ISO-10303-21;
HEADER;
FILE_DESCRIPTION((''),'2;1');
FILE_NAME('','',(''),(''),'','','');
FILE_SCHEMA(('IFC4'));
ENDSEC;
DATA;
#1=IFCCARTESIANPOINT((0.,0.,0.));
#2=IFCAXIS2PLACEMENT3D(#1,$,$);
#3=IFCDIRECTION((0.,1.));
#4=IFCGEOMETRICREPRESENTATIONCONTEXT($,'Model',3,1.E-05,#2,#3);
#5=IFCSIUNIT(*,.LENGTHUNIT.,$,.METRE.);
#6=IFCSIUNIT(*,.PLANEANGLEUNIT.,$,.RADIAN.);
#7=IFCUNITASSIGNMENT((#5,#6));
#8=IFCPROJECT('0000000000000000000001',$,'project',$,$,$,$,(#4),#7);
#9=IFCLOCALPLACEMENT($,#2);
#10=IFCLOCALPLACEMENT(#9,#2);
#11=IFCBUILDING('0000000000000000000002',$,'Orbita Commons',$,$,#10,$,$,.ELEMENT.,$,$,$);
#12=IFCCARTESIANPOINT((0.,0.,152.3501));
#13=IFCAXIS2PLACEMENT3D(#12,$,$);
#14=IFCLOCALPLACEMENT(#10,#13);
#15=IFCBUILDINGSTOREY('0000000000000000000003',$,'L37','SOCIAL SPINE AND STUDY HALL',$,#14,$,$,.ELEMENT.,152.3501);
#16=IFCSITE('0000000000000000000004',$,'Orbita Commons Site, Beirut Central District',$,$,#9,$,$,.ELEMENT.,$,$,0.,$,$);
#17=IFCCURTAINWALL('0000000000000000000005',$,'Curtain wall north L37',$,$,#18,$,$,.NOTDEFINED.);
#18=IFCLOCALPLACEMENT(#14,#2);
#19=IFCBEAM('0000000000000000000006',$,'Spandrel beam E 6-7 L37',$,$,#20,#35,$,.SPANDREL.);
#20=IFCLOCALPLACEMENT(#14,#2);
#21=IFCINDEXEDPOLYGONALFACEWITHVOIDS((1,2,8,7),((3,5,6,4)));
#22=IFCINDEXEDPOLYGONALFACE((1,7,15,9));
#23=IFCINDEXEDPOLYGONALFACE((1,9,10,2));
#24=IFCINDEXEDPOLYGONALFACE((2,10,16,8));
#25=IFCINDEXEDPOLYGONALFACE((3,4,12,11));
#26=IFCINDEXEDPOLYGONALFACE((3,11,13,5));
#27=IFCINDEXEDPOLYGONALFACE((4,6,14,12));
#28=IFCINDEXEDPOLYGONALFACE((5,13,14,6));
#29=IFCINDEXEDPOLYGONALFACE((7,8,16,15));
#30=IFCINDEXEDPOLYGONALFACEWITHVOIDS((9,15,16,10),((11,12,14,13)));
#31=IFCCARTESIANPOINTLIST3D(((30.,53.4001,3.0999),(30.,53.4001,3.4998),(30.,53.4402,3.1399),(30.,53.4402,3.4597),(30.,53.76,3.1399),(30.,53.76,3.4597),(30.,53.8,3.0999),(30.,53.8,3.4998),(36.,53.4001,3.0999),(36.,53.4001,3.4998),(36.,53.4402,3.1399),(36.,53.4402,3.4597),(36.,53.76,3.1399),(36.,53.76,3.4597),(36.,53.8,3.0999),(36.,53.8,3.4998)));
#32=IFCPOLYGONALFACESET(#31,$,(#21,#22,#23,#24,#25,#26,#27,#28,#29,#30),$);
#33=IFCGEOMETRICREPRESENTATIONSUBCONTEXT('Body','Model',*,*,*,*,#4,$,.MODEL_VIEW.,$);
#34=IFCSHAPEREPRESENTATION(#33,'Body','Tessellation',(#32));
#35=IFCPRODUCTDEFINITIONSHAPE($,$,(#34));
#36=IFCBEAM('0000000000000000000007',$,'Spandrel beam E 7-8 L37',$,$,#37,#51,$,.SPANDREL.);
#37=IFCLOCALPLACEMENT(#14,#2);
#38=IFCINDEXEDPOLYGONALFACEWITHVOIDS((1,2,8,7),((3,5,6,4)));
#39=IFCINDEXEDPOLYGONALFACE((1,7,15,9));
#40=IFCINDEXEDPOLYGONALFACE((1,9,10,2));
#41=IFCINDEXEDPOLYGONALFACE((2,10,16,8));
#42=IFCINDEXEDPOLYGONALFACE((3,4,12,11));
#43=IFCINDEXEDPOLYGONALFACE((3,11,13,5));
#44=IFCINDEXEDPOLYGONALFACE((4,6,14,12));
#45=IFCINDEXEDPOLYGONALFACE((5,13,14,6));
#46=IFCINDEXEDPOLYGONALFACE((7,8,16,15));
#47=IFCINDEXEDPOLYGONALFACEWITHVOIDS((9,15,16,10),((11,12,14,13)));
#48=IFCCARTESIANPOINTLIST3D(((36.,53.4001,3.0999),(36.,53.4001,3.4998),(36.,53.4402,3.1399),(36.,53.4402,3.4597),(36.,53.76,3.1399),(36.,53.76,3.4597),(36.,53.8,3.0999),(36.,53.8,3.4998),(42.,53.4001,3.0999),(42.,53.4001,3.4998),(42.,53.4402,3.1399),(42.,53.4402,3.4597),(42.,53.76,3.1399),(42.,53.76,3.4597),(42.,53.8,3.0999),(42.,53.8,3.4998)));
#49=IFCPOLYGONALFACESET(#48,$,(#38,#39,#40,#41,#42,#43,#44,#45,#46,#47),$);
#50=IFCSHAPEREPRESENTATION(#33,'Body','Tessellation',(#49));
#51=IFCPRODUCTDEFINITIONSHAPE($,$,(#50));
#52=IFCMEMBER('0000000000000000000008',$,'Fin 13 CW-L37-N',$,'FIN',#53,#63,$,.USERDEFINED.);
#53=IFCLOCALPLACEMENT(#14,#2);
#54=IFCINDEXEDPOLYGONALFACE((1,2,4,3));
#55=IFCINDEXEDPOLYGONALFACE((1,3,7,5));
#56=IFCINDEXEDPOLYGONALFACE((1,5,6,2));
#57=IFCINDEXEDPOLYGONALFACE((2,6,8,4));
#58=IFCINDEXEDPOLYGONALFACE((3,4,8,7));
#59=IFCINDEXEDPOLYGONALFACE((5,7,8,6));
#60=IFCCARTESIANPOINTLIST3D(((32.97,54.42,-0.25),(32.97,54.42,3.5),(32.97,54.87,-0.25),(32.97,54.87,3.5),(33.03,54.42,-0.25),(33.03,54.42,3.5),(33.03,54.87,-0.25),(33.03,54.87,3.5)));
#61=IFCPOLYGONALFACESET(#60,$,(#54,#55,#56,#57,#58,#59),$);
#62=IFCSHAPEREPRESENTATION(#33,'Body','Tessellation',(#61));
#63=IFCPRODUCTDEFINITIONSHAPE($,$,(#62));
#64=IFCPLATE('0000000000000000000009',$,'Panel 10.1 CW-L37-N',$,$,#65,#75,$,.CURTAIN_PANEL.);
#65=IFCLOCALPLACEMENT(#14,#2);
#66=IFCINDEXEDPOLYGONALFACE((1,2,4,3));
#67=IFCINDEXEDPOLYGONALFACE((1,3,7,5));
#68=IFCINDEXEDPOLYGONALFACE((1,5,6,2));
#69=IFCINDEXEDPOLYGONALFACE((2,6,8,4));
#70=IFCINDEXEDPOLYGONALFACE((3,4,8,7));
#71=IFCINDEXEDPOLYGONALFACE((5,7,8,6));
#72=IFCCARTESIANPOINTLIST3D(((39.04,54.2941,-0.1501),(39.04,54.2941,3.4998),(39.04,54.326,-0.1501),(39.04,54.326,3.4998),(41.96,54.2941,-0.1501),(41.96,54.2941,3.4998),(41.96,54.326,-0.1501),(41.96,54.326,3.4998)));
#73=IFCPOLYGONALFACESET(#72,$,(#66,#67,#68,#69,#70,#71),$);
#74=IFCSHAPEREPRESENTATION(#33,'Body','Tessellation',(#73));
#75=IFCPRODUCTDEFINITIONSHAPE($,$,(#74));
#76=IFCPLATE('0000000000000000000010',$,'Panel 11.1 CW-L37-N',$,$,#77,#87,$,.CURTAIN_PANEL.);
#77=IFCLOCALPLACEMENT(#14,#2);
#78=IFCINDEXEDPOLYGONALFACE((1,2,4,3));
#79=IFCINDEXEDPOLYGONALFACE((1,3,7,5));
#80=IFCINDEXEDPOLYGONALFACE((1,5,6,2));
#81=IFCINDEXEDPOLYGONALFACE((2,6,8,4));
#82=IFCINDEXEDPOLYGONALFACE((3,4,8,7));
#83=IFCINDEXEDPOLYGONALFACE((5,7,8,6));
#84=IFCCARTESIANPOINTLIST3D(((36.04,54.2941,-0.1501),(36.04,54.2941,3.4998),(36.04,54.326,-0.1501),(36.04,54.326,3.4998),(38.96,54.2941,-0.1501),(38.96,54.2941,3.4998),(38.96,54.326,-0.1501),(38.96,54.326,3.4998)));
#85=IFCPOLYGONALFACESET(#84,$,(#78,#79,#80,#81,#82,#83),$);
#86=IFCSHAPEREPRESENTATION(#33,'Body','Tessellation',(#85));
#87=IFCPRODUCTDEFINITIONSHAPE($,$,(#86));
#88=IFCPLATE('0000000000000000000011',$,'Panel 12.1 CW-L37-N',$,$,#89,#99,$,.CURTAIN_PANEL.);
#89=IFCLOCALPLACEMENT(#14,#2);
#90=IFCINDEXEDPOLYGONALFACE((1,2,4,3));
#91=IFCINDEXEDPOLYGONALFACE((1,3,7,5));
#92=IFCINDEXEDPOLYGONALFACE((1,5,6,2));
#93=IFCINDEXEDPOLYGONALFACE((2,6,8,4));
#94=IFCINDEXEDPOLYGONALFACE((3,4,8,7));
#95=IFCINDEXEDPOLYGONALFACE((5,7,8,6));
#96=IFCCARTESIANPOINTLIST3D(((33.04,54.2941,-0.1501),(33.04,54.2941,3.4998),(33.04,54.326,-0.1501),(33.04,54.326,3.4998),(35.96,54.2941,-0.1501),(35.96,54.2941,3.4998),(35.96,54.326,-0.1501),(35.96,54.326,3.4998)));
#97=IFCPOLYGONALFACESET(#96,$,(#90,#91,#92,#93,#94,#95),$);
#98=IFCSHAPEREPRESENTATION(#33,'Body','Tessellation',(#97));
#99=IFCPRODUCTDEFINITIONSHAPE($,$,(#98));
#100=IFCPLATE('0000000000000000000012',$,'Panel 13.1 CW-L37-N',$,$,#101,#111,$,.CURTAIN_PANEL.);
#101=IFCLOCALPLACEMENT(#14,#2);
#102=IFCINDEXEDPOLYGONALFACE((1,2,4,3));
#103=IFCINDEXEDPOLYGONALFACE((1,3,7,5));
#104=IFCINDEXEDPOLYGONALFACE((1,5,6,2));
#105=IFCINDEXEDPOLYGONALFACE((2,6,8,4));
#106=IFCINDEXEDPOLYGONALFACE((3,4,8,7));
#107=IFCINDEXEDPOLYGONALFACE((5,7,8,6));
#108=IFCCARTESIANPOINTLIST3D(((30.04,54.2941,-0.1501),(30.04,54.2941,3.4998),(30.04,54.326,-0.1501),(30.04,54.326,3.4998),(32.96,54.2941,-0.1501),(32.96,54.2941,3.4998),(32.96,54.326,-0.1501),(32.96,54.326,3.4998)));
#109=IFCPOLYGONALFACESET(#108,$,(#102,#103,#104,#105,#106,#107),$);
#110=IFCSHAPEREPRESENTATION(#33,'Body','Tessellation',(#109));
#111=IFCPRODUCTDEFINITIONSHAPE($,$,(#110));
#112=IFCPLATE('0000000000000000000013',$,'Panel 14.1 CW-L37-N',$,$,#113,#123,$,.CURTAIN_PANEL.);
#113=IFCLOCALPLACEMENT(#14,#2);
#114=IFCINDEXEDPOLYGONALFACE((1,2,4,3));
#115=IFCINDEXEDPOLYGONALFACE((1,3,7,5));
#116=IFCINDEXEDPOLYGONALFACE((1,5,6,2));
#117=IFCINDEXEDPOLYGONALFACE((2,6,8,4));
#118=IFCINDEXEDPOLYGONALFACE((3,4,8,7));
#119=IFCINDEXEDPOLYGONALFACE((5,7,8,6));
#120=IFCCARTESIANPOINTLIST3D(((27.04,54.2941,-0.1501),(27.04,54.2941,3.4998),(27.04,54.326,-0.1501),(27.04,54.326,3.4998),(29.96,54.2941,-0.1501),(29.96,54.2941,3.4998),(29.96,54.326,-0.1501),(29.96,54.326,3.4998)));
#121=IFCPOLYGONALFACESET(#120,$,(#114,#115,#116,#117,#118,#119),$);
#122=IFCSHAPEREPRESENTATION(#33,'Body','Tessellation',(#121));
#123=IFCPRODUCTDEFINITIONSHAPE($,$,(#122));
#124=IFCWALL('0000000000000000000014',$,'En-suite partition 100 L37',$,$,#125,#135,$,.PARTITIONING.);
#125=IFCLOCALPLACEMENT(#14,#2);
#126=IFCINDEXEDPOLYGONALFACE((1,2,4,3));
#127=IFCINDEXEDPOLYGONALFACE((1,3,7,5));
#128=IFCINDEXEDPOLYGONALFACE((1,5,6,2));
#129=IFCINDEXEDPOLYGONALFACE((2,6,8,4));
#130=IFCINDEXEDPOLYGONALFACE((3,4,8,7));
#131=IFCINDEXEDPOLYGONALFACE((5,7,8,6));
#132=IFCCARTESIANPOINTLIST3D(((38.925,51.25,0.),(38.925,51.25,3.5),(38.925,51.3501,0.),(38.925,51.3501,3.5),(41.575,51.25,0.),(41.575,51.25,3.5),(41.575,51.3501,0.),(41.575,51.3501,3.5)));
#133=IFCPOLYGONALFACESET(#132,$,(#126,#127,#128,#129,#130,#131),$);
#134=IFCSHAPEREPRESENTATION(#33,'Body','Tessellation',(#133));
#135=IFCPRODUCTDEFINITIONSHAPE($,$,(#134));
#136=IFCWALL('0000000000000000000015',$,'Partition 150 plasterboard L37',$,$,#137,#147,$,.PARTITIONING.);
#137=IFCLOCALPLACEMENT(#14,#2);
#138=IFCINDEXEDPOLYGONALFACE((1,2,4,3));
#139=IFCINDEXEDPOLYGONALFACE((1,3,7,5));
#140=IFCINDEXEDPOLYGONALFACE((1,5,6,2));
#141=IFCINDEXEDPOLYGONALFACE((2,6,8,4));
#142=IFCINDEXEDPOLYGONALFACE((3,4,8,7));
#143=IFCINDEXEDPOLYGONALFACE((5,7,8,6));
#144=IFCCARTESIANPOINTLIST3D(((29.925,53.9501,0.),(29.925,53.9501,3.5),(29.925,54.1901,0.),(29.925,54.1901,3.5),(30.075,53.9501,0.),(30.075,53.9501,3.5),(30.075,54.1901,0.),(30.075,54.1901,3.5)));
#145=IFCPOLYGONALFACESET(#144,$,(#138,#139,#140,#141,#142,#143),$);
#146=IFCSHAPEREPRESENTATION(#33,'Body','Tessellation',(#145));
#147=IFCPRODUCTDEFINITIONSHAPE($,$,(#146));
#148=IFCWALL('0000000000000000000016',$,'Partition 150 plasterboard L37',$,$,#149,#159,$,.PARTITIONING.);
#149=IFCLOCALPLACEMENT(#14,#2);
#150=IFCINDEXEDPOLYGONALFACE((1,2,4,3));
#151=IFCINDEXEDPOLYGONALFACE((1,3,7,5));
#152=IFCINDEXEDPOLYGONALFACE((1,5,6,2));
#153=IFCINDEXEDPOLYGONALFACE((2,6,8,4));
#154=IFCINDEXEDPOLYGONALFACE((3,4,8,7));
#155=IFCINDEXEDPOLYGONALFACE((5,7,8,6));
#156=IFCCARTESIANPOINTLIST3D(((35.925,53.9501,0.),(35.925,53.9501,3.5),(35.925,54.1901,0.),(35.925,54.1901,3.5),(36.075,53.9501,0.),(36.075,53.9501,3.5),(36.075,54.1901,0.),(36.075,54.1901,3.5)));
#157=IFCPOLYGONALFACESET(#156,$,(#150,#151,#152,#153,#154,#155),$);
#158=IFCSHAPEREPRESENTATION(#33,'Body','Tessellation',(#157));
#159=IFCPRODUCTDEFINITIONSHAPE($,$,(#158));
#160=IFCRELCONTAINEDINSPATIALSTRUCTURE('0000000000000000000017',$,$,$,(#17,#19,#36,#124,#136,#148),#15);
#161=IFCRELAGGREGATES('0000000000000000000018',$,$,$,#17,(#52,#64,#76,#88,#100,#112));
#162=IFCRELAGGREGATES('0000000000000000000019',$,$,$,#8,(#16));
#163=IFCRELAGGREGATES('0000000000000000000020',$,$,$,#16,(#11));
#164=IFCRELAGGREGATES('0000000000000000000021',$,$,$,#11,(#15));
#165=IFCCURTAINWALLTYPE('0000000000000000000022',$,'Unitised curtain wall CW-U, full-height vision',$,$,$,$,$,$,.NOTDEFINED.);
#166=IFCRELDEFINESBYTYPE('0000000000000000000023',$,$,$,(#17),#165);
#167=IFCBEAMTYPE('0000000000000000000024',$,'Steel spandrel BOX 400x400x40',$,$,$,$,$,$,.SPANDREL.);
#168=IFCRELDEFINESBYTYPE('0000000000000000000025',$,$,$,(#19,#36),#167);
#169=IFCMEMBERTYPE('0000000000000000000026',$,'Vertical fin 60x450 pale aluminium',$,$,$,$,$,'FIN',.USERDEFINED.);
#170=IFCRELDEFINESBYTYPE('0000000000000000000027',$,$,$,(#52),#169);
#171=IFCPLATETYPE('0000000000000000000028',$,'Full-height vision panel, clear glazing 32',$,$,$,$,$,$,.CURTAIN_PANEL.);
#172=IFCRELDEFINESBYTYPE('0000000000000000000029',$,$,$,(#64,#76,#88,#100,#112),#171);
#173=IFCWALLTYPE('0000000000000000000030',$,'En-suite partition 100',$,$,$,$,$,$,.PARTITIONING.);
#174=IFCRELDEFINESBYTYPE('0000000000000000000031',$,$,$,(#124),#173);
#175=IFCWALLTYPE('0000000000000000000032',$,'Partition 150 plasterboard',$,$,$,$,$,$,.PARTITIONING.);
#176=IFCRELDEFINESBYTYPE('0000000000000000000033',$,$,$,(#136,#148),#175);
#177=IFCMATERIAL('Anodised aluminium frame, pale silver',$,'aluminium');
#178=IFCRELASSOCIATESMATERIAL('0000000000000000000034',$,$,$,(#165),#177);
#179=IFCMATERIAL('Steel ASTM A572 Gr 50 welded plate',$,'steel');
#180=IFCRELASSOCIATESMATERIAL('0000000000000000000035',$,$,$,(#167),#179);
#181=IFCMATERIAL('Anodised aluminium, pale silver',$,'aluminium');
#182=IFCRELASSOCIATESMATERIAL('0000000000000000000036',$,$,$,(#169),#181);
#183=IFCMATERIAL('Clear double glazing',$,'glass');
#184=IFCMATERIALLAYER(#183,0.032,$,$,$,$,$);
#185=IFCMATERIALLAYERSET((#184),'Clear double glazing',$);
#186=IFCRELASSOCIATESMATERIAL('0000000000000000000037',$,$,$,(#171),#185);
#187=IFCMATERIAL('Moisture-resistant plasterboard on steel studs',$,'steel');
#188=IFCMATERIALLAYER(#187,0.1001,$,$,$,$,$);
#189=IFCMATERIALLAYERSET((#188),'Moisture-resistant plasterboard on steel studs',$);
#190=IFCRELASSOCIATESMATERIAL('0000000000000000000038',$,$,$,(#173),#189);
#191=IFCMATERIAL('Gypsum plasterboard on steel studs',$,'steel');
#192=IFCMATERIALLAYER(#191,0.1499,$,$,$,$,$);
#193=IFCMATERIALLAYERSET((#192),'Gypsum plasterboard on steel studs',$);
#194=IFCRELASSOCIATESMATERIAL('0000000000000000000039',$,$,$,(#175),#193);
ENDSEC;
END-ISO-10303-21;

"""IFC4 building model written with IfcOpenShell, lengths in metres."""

from ifc_helpers import new_model, si_unit, direction, frame, frame_2d, origin, origin_2d, place, context, subcontext, project, spatial, rectangle, hollow_rectangle, extrude, material, layer, layer_set, material_profile, profile_set, type_object, element, aggregate, save


model = new_model("IFC4")

# Units and contexts
model_context = context("Model", 3, precision=1e-05, world=origin(), true_north=direction((0.0, 1.0)))
body_context = subcontext(model_context, "Body", "Model", "MODEL_VIEW")
ifc_project = project(units=[si_unit("LENGTHUNIT", "METRE"), si_unit("PLANEANGLEUNIT", "RADIAN")], contexts=[model_context])

# Site, building, storey
site_placement = place(None, origin())
site = spatial("IfcSite", under=ifc_project, at=site_placement, Name="Orbita Commons Site, Beirut Central District", CompositionType="ELEMENT", RefElevation=0.0)
building_placement = place(site_placement, origin())
building = spatial("IfcBuilding", under=site, at=building_placement, Name="Orbita Commons", CompositionType="ELEMENT")
storey_placement = place(building_placement, frame((0.0, 0.0, 152.3501)))
storey = spatial("IfcBuildingStorey", under=building, at=storey_placement, Name="L37", Description="SOCIAL SPINE AND STUDY HALL", CompositionType="ELEMENT", Elevation=152.3501)

# Curtain wall
ifc_material_1 = material(Name="Anodised aluminium frame, pale silver", Category="aluminium")
curtain_wall_type = type_object("IfcCurtainWallType", Name="Unitised curtain wall CW-U, full-height vision", PredefinedType="NOTDEFINED", material=ifc_material_1)
curtain_wall_placement = place(storey_placement, origin())
curtain_wall = element("IfcCurtainWall", 1, at=curtain_wall_placement, inside=storey, type_object=curtain_wall_type, Name="Curtain wall north L37", PredefinedType="NOTDEFINED")

# Beams
ifc_material_2 = material(Name="Steel ASTM A572 Gr 50 welded plate", Category="steel")
ifc_material_profile_1 = material_profile(ifc_material_2, hollow_rectangle(XDim=0.3999, YDim=0.3999, WallThickness=0.04, at=origin_2d()), Name="BOX 400x400x40")
ifc_profile_set_1 = profile_set([ifc_material_profile_1], Name="Steel ASTM A572 Gr 50 welded plate")
beam_type = type_object("IfcBeamType", Name="Steel spandrel BOX 400x400x40", PredefinedType="SPANDREL", material=ifc_profile_set_1)
for number, where, z_axis, x_axis, name in (
    (2, (30.0, 53.6001, 3.2998), (1.0, 0.0, 0.0), (0.0, 1.0, 0.0), "Spandrel beam E 6-7 L37"),
    (3, (36.0, 53.6001, 3.2998), (1.0, 0.0, 0.0), (0.0, 1.0, 0.0), "Spandrel beam E 7-8 L37"),
):
    element("IfcBeam", number, at=place(storey_placement, frame(where, z_axis=z_axis, x_axis=x_axis)), inside=storey, type_object=beam_type, Name=name, PredefinedType="SPANDREL", context=body_context, shape_type="SweptSolid", body=[
        extrude(hollow_rectangle(XDim=0.3999, YDim=0.3999, WallThickness=0.04, at=origin_2d()), origin(), (0.0, 0.0, 1.0), 6.0),
    ])

# Member
ifc_material_3 = material(Name="Anodised aluminium, pale silver", Category="aluminium")
ifc_material_profile_2 = material_profile(ifc_material_3, rectangle(XDim=0.0601, YDim=0.45, at=origin_2d()), Name="FIN 60x450")
ifc_profile_set_2 = profile_set([ifc_material_profile_2], Name="Anodised aluminium, pale silver")
member_type_1 = type_object("IfcMemberType", Name="Vertical fin 60x450 pale aluminium", ElementType="FIN", PredefinedType="USERDEFINED", material=ifc_profile_set_2)
member_1_placement = place(storey_placement, frame((33.0, 54.645, -0.25), z_axis=(0.0, 0.0, 1.0), x_axis=(-1.0, 0.0, 0.0)))
member_1 = element("IfcMember", 4, at=member_1_placement, type_object=member_type_1, Name="Fin 13 CW-L37-N", ObjectType="FIN", PredefinedType="USERDEFINED", context=body_context, shape_type="SweptSolid", body=[
    extrude(rectangle(XDim=0.0601, YDim=0.45, at=origin_2d()), origin(), (0.0, 0.0, 1.0), 3.75),
])

# Plates
ifc_material_4 = material(Name="Clear double glazing", Category="glass")
ifc_layer_1 = layer(ifc_material_4, 0.032)
ifc_layer_set_1 = layer_set([ifc_layer_1], Name="Clear double glazing")
plate_type = type_object("IfcPlateType", Name="Full-height vision panel, clear glazing 32", PredefinedType="CURTAIN_PANEL", material=ifc_layer_set_1)
plate_1_placement = place(storey_placement, frame((40.5, 54.3101, -0.1501), z_axis=(0.0, 0.0, 1.0), x_axis=(-1.0, 0.0, 0.0)))
plate_1 = element("IfcPlate", 5, at=plate_1_placement, type_object=plate_type, Name="Panel 10.1 CW-L37-N", PredefinedType="CURTAIN_PANEL", context=body_context, shape_type="SweptSolid", body=[
    extrude(rectangle(XDim=2.9199, YDim=0.032, at=origin_2d()), origin(), (0.0, 0.0, 1.0), 3.6499),
])
plate_2_placement = place(storey_placement, frame((37.5, 54.3101, -0.1501), z_axis=(0.0, 0.0, 1.0), x_axis=(-1.0, 0.0, 0.0)))
plate_2 = element("IfcPlate", 6, at=plate_2_placement, type_object=plate_type, Name="Panel 11.1 CW-L37-N", PredefinedType="CURTAIN_PANEL", context=body_context, shape_type="SweptSolid", body=[
    extrude(rectangle(XDim=2.9199, YDim=0.032, at=origin_2d()), origin(), (0.0, 0.0, 1.0), 3.6499),
])
plate_3_placement = place(storey_placement, frame((34.5, 54.3101, -0.1501), z_axis=(0.0, 0.0, 1.0), x_axis=(-1.0, 0.0, 0.0)))
plate_3 = element("IfcPlate", 7, at=plate_3_placement, type_object=plate_type, Name="Panel 12.1 CW-L37-N", PredefinedType="CURTAIN_PANEL", context=body_context, shape_type="SweptSolid", body=[
    extrude(rectangle(XDim=2.9199, YDim=0.032, at=origin_2d()), origin(), (0.0, 0.0, 1.0), 3.6499),
])
plate_4_placement = place(storey_placement, frame((31.5, 54.3101, -0.1501), z_axis=(0.0, 0.0, 1.0), x_axis=(-1.0, 0.0, 0.0)))
plate_4 = element("IfcPlate", 8, at=plate_4_placement, type_object=plate_type, Name="Panel 13.1 CW-L37-N", PredefinedType="CURTAIN_PANEL", context=body_context, shape_type="SweptSolid", body=[
    extrude(rectangle(XDim=2.9199, YDim=0.032, at=origin_2d()), origin(), (0.0, 0.0, 1.0), 3.6499),
])
plate_5_placement = place(storey_placement, frame((28.5, 54.3101, -0.1501), z_axis=(0.0, 0.0, 1.0), x_axis=(-1.0, 0.0, 0.0)))
plate_5 = element("IfcPlate", 9, at=plate_5_placement, type_object=plate_type, Name="Panel 14.1 CW-L37-N", PredefinedType="CURTAIN_PANEL", context=body_context, shape_type="SweptSolid", body=[
    extrude(rectangle(XDim=2.9199, YDim=0.032, at=origin_2d()), origin(), (0.0, 0.0, 1.0), 3.6499),
])
aggregate(curtain_wall, [member_1, plate_1, plate_2, plate_3, plate_4, plate_5])

# Walls
ifc_material_5 = material(Name="Moisture-resistant plasterboard on steel studs", Category="steel")
ifc_layer_2 = layer(ifc_material_5, 0.1001)
ifc_layer_set_2 = layer_set([ifc_layer_2], Name="Moisture-resistant plasterboard on steel studs")
wall_type_1 = type_object("IfcWallType", Name="En-suite partition 100", PredefinedType="PARTITIONING", material=ifc_layer_set_2)
wall_placement = place(storey_placement, frame((38.925, 51.3, 0.0), z_axis=(0.0, 0.0, 1.0), x_axis=(1.0, 0.0, 0.0)))
element("IfcWall", 10, at=wall_placement, inside=storey, type_object=wall_type_1, Name="En-suite partition 100 L37", PredefinedType="PARTITIONING", context=body_context, shape_type="SweptSolid", body=[
    extrude(rectangle(XDim=2.6499, YDim=0.1001, at=frame_2d((1.325, 0.0))), origin(), (0.0, 0.0, 1.0), 3.5),
])
ifc_material_6 = material(Name="Gypsum plasterboard on steel studs", Category="steel")
ifc_layer_3 = layer(ifc_material_6, 0.1499)
ifc_layer_set_3 = layer_set([ifc_layer_3], Name="Gypsum plasterboard on steel studs")
wall_type_2 = type_object("IfcWallType", Name="Partition 150 plasterboard", PredefinedType="PARTITIONING", material=ifc_layer_set_3)
for number, where, z_axis, x_axis, name in (
    (11, (30.0, 53.95, 0.0), (0.0, 0.0, 1.0), (0.0, 1.0, 0.0), "Partition 150 plasterboard L37"),
    (12, (36.0, 53.95, 0.0), (0.0, 0.0, 1.0), (0.0, 1.0, 0.0), "Partition 150 plasterboard L37"),
):
    element("IfcWall", number, at=place(storey_placement, frame(where, z_axis=z_axis, x_axis=x_axis)), inside=storey, type_object=wall_type_2, Name=name, PredefinedType="PARTITIONING", context=body_context, shape_type="SweptSolid", body=[
        extrude(rectangle(XDim=0.24, YDim=0.1499, at=frame_2d((0.1201, 0.0))), origin(), (0.0, 0.0, 1.0), 3.5),
    ])

save(model, "model.ifc")
